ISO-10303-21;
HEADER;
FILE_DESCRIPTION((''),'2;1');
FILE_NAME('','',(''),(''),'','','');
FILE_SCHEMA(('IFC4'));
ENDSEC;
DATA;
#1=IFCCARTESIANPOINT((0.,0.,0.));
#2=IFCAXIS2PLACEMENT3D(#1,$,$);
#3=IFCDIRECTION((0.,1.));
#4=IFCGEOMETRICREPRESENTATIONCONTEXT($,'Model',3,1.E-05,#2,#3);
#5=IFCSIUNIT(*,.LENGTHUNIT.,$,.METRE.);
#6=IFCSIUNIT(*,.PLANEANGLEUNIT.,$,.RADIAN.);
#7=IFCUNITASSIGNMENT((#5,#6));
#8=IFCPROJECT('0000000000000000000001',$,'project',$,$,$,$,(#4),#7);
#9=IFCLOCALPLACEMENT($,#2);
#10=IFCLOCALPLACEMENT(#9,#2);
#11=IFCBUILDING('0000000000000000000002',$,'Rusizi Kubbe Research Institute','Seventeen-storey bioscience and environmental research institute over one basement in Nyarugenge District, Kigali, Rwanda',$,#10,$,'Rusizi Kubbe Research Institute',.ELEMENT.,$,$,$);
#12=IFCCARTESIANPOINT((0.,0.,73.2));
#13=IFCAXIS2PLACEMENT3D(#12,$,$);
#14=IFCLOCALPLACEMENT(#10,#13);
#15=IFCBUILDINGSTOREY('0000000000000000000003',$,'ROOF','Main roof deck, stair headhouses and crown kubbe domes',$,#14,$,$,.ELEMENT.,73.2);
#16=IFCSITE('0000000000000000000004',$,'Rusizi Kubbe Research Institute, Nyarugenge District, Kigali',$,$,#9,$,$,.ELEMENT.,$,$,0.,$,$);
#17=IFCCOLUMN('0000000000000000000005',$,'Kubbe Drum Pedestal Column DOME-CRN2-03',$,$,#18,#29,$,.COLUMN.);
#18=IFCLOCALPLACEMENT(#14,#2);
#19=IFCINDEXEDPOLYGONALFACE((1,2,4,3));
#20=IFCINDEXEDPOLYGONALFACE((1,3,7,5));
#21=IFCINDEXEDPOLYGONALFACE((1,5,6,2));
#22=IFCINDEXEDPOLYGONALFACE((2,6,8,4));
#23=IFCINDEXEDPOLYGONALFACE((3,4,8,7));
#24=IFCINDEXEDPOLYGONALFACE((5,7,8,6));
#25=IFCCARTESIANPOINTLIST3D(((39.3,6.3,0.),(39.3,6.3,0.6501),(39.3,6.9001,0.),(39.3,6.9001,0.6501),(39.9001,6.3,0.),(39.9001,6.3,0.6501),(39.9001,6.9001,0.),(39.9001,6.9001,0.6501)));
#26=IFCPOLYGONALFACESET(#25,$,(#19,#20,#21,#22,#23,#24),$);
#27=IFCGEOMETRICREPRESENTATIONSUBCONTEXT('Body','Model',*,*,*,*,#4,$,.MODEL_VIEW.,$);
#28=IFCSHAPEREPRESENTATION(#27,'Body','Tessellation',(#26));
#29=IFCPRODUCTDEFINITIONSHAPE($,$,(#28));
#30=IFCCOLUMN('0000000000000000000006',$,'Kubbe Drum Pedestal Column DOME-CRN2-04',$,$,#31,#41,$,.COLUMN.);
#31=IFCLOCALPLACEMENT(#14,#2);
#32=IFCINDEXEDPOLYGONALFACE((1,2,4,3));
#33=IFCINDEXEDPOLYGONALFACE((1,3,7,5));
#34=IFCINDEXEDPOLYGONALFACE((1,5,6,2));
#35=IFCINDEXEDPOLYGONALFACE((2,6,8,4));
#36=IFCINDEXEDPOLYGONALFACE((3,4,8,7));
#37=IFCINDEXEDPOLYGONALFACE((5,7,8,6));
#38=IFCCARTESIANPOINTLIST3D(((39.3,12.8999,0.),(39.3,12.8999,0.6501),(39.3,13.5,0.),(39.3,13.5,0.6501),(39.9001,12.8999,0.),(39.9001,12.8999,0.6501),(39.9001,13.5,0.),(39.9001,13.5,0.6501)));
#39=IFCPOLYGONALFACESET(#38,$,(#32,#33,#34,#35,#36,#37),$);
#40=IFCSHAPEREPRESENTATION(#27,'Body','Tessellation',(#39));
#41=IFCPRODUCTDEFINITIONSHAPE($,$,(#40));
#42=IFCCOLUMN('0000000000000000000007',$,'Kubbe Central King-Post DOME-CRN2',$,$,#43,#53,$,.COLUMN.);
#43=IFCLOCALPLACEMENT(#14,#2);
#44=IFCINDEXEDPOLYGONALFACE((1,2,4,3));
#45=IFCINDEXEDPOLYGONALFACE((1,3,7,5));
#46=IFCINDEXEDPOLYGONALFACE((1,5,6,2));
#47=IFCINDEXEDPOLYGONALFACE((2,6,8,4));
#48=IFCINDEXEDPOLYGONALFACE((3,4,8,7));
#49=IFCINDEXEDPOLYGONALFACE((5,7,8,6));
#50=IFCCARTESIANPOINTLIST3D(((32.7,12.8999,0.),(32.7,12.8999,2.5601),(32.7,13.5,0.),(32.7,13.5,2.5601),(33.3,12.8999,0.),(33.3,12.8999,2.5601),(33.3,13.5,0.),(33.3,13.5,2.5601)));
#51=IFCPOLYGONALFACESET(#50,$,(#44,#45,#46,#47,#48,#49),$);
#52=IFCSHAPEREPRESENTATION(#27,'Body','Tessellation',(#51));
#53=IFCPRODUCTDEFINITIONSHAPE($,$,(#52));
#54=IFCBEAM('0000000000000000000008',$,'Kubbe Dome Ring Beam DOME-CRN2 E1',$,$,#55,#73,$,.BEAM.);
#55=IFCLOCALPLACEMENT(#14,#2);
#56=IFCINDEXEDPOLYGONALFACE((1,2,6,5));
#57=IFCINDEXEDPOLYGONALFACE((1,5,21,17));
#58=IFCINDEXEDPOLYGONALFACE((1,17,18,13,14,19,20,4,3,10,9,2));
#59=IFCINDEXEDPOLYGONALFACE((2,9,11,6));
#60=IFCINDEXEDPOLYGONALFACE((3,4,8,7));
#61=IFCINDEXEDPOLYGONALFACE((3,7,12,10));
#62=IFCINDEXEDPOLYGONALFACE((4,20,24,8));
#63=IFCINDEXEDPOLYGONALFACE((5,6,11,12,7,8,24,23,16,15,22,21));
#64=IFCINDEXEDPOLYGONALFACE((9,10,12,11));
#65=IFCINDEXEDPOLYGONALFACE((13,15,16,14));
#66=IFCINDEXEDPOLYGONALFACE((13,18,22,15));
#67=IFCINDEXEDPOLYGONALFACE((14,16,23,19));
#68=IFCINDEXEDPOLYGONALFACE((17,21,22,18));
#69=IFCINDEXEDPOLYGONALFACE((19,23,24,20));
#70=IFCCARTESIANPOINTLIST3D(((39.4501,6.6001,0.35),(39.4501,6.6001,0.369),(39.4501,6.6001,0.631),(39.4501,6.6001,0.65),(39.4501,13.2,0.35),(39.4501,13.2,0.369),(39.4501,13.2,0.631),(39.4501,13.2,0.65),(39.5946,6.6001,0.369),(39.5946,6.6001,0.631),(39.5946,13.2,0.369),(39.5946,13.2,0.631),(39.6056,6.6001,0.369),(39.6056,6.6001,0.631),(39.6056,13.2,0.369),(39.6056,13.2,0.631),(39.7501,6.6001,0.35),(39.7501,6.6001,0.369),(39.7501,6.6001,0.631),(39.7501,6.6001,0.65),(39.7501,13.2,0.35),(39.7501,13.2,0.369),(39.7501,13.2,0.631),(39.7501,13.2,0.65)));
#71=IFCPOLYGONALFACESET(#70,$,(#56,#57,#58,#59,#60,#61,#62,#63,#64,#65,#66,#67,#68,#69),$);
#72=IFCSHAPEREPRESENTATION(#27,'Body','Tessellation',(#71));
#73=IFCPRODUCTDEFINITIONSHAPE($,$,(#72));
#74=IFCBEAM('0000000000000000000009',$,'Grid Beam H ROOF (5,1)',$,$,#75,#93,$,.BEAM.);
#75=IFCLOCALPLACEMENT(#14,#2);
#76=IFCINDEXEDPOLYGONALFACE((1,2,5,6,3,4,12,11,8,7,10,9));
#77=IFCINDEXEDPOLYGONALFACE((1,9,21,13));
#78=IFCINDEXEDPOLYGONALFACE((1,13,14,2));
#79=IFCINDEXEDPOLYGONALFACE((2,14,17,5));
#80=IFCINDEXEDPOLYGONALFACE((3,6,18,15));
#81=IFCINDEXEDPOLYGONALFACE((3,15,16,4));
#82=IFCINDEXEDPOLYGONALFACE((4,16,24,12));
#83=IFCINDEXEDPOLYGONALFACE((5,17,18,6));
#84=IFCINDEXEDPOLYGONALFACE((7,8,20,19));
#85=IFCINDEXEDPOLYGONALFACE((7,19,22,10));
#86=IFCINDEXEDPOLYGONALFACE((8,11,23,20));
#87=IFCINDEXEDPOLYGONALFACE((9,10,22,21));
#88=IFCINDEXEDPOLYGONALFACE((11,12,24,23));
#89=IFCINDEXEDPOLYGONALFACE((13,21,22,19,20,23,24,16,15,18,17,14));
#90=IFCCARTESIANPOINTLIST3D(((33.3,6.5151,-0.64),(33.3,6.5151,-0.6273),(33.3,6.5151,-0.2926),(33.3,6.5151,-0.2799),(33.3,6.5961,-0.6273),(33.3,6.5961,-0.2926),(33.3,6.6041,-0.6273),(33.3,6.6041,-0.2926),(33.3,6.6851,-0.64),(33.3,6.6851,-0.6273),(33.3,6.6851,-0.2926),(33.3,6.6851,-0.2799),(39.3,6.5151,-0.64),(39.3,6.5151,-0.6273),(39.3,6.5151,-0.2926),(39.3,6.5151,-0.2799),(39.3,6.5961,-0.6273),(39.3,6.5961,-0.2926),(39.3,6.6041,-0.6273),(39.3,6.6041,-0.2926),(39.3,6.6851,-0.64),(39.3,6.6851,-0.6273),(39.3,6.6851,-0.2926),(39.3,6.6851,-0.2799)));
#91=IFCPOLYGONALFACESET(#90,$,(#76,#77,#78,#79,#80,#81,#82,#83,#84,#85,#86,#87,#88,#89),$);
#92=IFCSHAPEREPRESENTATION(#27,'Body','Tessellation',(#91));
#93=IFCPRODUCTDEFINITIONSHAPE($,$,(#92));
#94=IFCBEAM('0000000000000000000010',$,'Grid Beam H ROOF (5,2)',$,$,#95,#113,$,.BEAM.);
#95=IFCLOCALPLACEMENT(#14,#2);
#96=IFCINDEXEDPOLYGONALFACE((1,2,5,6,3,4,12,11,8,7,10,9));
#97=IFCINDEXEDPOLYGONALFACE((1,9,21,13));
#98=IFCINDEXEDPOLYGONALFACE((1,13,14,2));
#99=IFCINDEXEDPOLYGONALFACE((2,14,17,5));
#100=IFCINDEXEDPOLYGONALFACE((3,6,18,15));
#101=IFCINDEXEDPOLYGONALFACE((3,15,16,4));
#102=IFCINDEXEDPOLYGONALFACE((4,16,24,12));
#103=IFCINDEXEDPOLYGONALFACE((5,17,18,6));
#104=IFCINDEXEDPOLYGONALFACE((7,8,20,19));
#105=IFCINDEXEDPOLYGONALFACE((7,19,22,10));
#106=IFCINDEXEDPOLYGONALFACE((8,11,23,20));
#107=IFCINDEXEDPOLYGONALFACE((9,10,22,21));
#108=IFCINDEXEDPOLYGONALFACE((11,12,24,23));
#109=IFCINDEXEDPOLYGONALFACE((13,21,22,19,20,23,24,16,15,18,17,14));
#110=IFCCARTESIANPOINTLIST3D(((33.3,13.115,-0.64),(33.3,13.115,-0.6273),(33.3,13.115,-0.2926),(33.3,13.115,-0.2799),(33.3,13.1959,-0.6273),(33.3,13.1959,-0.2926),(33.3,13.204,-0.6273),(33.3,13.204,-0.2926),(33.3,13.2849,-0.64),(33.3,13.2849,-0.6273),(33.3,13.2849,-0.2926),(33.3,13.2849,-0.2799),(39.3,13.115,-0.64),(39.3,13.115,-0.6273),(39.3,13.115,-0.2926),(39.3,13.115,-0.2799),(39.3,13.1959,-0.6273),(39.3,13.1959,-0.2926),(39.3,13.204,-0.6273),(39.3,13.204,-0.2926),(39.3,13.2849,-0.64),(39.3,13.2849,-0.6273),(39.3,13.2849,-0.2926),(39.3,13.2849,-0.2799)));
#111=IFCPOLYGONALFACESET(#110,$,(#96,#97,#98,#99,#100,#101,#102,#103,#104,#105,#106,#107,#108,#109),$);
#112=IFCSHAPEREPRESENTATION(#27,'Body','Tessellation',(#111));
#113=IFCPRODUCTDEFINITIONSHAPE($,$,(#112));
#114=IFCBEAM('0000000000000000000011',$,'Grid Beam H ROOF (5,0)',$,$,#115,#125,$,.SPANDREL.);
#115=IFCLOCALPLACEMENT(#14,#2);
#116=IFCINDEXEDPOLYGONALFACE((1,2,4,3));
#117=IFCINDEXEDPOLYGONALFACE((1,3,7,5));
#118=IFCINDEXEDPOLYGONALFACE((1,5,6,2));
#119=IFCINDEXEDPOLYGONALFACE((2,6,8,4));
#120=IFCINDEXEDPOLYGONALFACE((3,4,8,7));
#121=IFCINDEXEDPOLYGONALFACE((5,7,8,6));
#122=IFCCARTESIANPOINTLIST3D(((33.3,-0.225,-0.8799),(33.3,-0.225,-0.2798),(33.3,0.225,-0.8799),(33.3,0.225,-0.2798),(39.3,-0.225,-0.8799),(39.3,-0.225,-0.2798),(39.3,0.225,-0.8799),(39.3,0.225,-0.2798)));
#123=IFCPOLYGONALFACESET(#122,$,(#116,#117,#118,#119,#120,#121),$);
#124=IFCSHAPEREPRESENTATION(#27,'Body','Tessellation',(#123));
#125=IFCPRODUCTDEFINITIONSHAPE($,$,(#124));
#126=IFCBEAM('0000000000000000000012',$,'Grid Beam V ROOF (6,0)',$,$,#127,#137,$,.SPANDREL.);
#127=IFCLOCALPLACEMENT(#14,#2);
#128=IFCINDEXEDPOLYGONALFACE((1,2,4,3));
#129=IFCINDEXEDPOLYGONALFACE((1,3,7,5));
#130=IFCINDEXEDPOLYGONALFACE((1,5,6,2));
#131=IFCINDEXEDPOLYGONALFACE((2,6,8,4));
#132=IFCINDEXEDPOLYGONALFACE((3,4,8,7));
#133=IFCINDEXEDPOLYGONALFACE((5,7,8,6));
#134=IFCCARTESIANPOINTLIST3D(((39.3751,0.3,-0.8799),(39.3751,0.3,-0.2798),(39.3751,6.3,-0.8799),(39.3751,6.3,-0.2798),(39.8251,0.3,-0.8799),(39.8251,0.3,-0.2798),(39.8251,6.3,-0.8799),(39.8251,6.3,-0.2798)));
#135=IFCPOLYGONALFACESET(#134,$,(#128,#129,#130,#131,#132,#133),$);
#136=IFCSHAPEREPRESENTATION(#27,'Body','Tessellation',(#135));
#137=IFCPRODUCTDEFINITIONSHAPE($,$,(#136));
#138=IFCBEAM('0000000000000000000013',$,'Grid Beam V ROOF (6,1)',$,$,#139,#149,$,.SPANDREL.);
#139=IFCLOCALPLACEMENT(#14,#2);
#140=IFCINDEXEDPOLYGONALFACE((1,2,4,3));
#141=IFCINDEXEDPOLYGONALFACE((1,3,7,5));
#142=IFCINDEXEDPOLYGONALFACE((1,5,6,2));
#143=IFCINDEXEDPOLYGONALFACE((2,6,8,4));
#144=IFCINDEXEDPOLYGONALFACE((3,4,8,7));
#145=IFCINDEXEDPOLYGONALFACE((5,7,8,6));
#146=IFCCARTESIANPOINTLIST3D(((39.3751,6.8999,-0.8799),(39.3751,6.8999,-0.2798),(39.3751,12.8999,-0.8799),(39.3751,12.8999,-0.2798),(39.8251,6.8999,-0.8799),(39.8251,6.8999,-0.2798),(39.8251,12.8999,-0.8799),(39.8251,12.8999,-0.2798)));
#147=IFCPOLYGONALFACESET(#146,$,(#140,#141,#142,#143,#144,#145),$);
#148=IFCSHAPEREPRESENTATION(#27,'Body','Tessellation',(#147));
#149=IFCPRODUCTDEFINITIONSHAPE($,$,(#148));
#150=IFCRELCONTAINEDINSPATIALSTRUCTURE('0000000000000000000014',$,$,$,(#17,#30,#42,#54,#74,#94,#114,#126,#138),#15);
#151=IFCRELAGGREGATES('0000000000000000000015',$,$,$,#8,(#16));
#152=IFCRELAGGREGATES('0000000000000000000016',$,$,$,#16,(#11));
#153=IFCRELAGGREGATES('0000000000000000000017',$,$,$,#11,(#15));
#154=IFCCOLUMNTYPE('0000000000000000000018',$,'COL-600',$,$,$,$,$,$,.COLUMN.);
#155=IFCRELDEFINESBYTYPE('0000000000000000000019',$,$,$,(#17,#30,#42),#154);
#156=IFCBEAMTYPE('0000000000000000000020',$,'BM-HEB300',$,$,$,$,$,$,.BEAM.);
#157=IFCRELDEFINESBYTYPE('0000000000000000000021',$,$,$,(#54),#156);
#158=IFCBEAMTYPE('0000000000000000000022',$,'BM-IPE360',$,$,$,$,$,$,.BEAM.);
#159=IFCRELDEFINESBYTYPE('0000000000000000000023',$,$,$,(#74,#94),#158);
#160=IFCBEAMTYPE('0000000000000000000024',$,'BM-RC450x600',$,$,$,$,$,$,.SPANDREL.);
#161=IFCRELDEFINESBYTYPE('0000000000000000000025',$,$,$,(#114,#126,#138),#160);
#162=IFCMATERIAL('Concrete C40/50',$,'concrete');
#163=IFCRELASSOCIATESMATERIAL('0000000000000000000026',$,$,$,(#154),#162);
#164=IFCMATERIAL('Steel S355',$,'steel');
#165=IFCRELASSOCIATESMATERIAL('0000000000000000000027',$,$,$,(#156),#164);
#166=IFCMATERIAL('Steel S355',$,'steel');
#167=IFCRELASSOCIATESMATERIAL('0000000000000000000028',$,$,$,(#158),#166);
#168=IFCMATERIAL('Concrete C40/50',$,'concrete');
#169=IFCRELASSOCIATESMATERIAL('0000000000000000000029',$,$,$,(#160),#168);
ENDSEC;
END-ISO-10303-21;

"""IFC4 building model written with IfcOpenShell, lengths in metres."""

from ifc_helpers import new_model, si_unit, direction, frame, origin, origin_2d, place, context, subcontext, project, spatial, rectangle, i_section, extrude, material, material_profile, profile_set, type_object, element, save


model = new_model("IFC4")

# Units and contexts
model_context = context("Model", 3, precision=1e-05, world=origin(), true_north=direction((0.0, 1.0)))
body_context = subcontext(model_context, "Body", "Model", "MODEL_VIEW")
ifc_project = project(units=[si_unit("LENGTHUNIT", "METRE"), si_unit("PLANEANGLEUNIT", "RADIAN")], contexts=[model_context])

# Site, building, storey
site_placement = place(None, origin())
site = spatial("IfcSite", under=ifc_project, at=site_placement, Name="Rusizi Kubbe Research Institute, Nyarugenge District, Kigali", CompositionType="ELEMENT", RefElevation=0.0)
building_placement = place(site_placement, origin())
building = spatial("IfcBuilding", under=site, at=building_placement, Name="Rusizi Kubbe Research Institute", Description="Seventeen-storey bioscience and environmental research institute over one basement in Nyarugenge District, Kigali, Rwanda", LongName="Rusizi Kubbe Research Institute", CompositionType="ELEMENT")
storey_placement = place(building_placement, frame((0.0, 0.0, 73.2)))
storey = spatial("IfcBuildingStorey", under=building, at=storey_placement, Name="ROOF", Description="Main roof deck, stair headhouses and crown kubbe domes", CompositionType="ELEMENT", Elevation=73.2)

# Columns
ifc_material_1 = material(Name="Concrete C40/50", Category="concrete")
ifc_material_profile_1 = material_profile(ifc_material_1, rectangle(XDim=0.6001, YDim=0.6001, at=origin_2d()), Name="RC600x600")
ifc_profile_set_1 = profile_set([ifc_material_profile_1], Name="Concrete C40/50")
column_type = type_object("IfcColumnType", Name="COL-600", PredefinedType="COLUMN", material=ifc_profile_set_1)
for number, where, z_axis, x_axis, name in (
    (1, (39.6001, 6.6001, 0.0), (0.0, 0.0, 1.0), (1.0, 0.0, 0.0), "Kubbe Drum Pedestal Column DOME-CRN2-03"),
    (2, (39.6001, 13.2, 0.0), (0.0, 0.0, 1.0), (1.0, 0.0, 0.0), "Kubbe Drum Pedestal Column DOME-CRN2-04"),
):
    element("IfcColumn", number, at=place(storey_placement, frame(where, z_axis=z_axis, x_axis=x_axis)), inside=storey, type_object=column_type, Name=name, PredefinedType="COLUMN", context=body_context, shape_type="SweptSolid", body=[
        extrude(rectangle(XDim=0.6001, YDim=0.6001, at=origin_2d()), origin(), (0.0, 0.0, 1.0), 0.6501),
    ])
column_placement = place(storey_placement, frame((33.0, 13.2, 0.0), z_axis=(0.0, 0.0, 1.0), x_axis=(1.0, 0.0, 0.0)))
element("IfcColumn", 3, at=column_placement, inside=storey, type_object=column_type, Name="Kubbe Central King-Post DOME-CRN2", PredefinedType="COLUMN", context=body_context, shape_type="SweptSolid", body=[
    extrude(rectangle(XDim=0.6001, YDim=0.6001, at=origin_2d()), origin(), (0.0, 0.0, 1.0), 2.5601),
])

# Beams
ifc_material_2 = material(Name="Steel S355", Category="steel")
ifc_material_profile_2 = material_profile(ifc_material_2, i_section(OverallWidth=0.3, OverallDepth=0.3, WebThickness=0.011, FlangeThickness=0.019, at=origin_2d()), Name="HEB 300")
ifc_profile_set_2 = profile_set([ifc_material_profile_2], Name="Steel S355")
beam_type_1 = type_object("IfcBeamType", Name="BM-HEB300", PredefinedType="BEAM", material=ifc_profile_set_2)
beam_placement = place(storey_placement, frame((39.6001, 6.6001, 0.5), z_axis=(0.0, 1.0, 0.0), x_axis=(-1.0, 0.0, 0.0)))
element("IfcBeam", 4, at=beam_placement, inside=storey, type_object=beam_type_1, Name="Kubbe Dome Ring Beam DOME-CRN2 E1", PredefinedType="BEAM", context=body_context, shape_type="SweptSolid", body=[
    extrude(i_section(OverallWidth=0.3, OverallDepth=0.3, WebThickness=0.011, FlangeThickness=0.019, at=origin_2d()), origin(), (0.0, 0.0, 1.0), 6.5999),
])
ifc_material_3 = material(Name="Steel S355", Category="steel")
ifc_material_profile_3 = material_profile(ifc_material_3, i_section(OverallWidth=0.1699, OverallDepth=0.3601, WebThickness=0.0081, FlangeThickness=0.0127, at=origin_2d()), Name="IPE 360")
ifc_profile_set_3 = profile_set([ifc_material_profile_3], Name="Steel S355")
beam_type_2 = type_object("IfcBeamType", Name="BM-IPE360", PredefinedType="BEAM", material=ifc_profile_set_3)
for number, where, z_axis, x_axis, name in (
    (5, (33.3, 6.6001, -0.46), (1.0, 0.0, 0.0), (0.0, 1.0, 0.0), "Grid Beam H ROOF (5,1)"),
    (6, (33.3, 13.2, -0.46), (1.0, 0.0, 0.0), (0.0, 1.0, 0.0), "Grid Beam H ROOF (5,2)"),
):
    element("IfcBeam", number, at=place(storey_placement, frame(where, z_axis=z_axis, x_axis=x_axis)), inside=storey, type_object=beam_type_2, Name=name, PredefinedType="BEAM", context=body_context, shape_type="SweptSolid", body=[
        extrude(i_section(OverallWidth=0.1699, OverallDepth=0.3601, WebThickness=0.0081, FlangeThickness=0.0127, at=origin_2d()), origin(), (0.0, 0.0, 1.0), 6.0),
    ])
ifc_material_4 = material(Name="Concrete C40/50", Category="concrete")
ifc_material_profile_4 = material_profile(ifc_material_4, rectangle(XDim=0.45, YDim=0.6001, at=origin_2d()), Name="RC450x600")
ifc_profile_set_4 = profile_set([ifc_material_profile_4], Name="Concrete C40/50")
beam_type_3 = type_object("IfcBeamType", Name="BM-RC450x600", PredefinedType="SPANDREL", material=ifc_profile_set_4)
for number, where, z_axis, x_axis, name in (
    (7, (33.3, 0.0, -0.5798), (1.0, 0.0, 0.0), (0.0, 1.0, 0.0), "Grid Beam H ROOF (5,0)"),
    (8, (39.6001, 0.3, -0.5798), (0.0, 1.0, 0.0), (-1.0, 0.0, 0.0), "Grid Beam V ROOF (6,0)"),
    (9, (39.6001, 6.8999, -0.5798), (0.0, 1.0, 0.0), (-1.0, 0.0, 0.0), "Grid Beam V ROOF (6,1)"),
):
    element("IfcBeam", number, at=place(storey_placement, frame(where, z_axis=z_axis, x_axis=x_axis)), inside=storey, type_object=beam_type_3, Name=name, PredefinedType="SPANDREL", context=body_context, shape_type="SweptSolid", body=[
        extrude(rectangle(XDim=0.45, YDim=0.6001, at=origin_2d()), origin(), (0.0, 0.0, 1.0), 6.0),
    ])

save(model, "model.ifc")
